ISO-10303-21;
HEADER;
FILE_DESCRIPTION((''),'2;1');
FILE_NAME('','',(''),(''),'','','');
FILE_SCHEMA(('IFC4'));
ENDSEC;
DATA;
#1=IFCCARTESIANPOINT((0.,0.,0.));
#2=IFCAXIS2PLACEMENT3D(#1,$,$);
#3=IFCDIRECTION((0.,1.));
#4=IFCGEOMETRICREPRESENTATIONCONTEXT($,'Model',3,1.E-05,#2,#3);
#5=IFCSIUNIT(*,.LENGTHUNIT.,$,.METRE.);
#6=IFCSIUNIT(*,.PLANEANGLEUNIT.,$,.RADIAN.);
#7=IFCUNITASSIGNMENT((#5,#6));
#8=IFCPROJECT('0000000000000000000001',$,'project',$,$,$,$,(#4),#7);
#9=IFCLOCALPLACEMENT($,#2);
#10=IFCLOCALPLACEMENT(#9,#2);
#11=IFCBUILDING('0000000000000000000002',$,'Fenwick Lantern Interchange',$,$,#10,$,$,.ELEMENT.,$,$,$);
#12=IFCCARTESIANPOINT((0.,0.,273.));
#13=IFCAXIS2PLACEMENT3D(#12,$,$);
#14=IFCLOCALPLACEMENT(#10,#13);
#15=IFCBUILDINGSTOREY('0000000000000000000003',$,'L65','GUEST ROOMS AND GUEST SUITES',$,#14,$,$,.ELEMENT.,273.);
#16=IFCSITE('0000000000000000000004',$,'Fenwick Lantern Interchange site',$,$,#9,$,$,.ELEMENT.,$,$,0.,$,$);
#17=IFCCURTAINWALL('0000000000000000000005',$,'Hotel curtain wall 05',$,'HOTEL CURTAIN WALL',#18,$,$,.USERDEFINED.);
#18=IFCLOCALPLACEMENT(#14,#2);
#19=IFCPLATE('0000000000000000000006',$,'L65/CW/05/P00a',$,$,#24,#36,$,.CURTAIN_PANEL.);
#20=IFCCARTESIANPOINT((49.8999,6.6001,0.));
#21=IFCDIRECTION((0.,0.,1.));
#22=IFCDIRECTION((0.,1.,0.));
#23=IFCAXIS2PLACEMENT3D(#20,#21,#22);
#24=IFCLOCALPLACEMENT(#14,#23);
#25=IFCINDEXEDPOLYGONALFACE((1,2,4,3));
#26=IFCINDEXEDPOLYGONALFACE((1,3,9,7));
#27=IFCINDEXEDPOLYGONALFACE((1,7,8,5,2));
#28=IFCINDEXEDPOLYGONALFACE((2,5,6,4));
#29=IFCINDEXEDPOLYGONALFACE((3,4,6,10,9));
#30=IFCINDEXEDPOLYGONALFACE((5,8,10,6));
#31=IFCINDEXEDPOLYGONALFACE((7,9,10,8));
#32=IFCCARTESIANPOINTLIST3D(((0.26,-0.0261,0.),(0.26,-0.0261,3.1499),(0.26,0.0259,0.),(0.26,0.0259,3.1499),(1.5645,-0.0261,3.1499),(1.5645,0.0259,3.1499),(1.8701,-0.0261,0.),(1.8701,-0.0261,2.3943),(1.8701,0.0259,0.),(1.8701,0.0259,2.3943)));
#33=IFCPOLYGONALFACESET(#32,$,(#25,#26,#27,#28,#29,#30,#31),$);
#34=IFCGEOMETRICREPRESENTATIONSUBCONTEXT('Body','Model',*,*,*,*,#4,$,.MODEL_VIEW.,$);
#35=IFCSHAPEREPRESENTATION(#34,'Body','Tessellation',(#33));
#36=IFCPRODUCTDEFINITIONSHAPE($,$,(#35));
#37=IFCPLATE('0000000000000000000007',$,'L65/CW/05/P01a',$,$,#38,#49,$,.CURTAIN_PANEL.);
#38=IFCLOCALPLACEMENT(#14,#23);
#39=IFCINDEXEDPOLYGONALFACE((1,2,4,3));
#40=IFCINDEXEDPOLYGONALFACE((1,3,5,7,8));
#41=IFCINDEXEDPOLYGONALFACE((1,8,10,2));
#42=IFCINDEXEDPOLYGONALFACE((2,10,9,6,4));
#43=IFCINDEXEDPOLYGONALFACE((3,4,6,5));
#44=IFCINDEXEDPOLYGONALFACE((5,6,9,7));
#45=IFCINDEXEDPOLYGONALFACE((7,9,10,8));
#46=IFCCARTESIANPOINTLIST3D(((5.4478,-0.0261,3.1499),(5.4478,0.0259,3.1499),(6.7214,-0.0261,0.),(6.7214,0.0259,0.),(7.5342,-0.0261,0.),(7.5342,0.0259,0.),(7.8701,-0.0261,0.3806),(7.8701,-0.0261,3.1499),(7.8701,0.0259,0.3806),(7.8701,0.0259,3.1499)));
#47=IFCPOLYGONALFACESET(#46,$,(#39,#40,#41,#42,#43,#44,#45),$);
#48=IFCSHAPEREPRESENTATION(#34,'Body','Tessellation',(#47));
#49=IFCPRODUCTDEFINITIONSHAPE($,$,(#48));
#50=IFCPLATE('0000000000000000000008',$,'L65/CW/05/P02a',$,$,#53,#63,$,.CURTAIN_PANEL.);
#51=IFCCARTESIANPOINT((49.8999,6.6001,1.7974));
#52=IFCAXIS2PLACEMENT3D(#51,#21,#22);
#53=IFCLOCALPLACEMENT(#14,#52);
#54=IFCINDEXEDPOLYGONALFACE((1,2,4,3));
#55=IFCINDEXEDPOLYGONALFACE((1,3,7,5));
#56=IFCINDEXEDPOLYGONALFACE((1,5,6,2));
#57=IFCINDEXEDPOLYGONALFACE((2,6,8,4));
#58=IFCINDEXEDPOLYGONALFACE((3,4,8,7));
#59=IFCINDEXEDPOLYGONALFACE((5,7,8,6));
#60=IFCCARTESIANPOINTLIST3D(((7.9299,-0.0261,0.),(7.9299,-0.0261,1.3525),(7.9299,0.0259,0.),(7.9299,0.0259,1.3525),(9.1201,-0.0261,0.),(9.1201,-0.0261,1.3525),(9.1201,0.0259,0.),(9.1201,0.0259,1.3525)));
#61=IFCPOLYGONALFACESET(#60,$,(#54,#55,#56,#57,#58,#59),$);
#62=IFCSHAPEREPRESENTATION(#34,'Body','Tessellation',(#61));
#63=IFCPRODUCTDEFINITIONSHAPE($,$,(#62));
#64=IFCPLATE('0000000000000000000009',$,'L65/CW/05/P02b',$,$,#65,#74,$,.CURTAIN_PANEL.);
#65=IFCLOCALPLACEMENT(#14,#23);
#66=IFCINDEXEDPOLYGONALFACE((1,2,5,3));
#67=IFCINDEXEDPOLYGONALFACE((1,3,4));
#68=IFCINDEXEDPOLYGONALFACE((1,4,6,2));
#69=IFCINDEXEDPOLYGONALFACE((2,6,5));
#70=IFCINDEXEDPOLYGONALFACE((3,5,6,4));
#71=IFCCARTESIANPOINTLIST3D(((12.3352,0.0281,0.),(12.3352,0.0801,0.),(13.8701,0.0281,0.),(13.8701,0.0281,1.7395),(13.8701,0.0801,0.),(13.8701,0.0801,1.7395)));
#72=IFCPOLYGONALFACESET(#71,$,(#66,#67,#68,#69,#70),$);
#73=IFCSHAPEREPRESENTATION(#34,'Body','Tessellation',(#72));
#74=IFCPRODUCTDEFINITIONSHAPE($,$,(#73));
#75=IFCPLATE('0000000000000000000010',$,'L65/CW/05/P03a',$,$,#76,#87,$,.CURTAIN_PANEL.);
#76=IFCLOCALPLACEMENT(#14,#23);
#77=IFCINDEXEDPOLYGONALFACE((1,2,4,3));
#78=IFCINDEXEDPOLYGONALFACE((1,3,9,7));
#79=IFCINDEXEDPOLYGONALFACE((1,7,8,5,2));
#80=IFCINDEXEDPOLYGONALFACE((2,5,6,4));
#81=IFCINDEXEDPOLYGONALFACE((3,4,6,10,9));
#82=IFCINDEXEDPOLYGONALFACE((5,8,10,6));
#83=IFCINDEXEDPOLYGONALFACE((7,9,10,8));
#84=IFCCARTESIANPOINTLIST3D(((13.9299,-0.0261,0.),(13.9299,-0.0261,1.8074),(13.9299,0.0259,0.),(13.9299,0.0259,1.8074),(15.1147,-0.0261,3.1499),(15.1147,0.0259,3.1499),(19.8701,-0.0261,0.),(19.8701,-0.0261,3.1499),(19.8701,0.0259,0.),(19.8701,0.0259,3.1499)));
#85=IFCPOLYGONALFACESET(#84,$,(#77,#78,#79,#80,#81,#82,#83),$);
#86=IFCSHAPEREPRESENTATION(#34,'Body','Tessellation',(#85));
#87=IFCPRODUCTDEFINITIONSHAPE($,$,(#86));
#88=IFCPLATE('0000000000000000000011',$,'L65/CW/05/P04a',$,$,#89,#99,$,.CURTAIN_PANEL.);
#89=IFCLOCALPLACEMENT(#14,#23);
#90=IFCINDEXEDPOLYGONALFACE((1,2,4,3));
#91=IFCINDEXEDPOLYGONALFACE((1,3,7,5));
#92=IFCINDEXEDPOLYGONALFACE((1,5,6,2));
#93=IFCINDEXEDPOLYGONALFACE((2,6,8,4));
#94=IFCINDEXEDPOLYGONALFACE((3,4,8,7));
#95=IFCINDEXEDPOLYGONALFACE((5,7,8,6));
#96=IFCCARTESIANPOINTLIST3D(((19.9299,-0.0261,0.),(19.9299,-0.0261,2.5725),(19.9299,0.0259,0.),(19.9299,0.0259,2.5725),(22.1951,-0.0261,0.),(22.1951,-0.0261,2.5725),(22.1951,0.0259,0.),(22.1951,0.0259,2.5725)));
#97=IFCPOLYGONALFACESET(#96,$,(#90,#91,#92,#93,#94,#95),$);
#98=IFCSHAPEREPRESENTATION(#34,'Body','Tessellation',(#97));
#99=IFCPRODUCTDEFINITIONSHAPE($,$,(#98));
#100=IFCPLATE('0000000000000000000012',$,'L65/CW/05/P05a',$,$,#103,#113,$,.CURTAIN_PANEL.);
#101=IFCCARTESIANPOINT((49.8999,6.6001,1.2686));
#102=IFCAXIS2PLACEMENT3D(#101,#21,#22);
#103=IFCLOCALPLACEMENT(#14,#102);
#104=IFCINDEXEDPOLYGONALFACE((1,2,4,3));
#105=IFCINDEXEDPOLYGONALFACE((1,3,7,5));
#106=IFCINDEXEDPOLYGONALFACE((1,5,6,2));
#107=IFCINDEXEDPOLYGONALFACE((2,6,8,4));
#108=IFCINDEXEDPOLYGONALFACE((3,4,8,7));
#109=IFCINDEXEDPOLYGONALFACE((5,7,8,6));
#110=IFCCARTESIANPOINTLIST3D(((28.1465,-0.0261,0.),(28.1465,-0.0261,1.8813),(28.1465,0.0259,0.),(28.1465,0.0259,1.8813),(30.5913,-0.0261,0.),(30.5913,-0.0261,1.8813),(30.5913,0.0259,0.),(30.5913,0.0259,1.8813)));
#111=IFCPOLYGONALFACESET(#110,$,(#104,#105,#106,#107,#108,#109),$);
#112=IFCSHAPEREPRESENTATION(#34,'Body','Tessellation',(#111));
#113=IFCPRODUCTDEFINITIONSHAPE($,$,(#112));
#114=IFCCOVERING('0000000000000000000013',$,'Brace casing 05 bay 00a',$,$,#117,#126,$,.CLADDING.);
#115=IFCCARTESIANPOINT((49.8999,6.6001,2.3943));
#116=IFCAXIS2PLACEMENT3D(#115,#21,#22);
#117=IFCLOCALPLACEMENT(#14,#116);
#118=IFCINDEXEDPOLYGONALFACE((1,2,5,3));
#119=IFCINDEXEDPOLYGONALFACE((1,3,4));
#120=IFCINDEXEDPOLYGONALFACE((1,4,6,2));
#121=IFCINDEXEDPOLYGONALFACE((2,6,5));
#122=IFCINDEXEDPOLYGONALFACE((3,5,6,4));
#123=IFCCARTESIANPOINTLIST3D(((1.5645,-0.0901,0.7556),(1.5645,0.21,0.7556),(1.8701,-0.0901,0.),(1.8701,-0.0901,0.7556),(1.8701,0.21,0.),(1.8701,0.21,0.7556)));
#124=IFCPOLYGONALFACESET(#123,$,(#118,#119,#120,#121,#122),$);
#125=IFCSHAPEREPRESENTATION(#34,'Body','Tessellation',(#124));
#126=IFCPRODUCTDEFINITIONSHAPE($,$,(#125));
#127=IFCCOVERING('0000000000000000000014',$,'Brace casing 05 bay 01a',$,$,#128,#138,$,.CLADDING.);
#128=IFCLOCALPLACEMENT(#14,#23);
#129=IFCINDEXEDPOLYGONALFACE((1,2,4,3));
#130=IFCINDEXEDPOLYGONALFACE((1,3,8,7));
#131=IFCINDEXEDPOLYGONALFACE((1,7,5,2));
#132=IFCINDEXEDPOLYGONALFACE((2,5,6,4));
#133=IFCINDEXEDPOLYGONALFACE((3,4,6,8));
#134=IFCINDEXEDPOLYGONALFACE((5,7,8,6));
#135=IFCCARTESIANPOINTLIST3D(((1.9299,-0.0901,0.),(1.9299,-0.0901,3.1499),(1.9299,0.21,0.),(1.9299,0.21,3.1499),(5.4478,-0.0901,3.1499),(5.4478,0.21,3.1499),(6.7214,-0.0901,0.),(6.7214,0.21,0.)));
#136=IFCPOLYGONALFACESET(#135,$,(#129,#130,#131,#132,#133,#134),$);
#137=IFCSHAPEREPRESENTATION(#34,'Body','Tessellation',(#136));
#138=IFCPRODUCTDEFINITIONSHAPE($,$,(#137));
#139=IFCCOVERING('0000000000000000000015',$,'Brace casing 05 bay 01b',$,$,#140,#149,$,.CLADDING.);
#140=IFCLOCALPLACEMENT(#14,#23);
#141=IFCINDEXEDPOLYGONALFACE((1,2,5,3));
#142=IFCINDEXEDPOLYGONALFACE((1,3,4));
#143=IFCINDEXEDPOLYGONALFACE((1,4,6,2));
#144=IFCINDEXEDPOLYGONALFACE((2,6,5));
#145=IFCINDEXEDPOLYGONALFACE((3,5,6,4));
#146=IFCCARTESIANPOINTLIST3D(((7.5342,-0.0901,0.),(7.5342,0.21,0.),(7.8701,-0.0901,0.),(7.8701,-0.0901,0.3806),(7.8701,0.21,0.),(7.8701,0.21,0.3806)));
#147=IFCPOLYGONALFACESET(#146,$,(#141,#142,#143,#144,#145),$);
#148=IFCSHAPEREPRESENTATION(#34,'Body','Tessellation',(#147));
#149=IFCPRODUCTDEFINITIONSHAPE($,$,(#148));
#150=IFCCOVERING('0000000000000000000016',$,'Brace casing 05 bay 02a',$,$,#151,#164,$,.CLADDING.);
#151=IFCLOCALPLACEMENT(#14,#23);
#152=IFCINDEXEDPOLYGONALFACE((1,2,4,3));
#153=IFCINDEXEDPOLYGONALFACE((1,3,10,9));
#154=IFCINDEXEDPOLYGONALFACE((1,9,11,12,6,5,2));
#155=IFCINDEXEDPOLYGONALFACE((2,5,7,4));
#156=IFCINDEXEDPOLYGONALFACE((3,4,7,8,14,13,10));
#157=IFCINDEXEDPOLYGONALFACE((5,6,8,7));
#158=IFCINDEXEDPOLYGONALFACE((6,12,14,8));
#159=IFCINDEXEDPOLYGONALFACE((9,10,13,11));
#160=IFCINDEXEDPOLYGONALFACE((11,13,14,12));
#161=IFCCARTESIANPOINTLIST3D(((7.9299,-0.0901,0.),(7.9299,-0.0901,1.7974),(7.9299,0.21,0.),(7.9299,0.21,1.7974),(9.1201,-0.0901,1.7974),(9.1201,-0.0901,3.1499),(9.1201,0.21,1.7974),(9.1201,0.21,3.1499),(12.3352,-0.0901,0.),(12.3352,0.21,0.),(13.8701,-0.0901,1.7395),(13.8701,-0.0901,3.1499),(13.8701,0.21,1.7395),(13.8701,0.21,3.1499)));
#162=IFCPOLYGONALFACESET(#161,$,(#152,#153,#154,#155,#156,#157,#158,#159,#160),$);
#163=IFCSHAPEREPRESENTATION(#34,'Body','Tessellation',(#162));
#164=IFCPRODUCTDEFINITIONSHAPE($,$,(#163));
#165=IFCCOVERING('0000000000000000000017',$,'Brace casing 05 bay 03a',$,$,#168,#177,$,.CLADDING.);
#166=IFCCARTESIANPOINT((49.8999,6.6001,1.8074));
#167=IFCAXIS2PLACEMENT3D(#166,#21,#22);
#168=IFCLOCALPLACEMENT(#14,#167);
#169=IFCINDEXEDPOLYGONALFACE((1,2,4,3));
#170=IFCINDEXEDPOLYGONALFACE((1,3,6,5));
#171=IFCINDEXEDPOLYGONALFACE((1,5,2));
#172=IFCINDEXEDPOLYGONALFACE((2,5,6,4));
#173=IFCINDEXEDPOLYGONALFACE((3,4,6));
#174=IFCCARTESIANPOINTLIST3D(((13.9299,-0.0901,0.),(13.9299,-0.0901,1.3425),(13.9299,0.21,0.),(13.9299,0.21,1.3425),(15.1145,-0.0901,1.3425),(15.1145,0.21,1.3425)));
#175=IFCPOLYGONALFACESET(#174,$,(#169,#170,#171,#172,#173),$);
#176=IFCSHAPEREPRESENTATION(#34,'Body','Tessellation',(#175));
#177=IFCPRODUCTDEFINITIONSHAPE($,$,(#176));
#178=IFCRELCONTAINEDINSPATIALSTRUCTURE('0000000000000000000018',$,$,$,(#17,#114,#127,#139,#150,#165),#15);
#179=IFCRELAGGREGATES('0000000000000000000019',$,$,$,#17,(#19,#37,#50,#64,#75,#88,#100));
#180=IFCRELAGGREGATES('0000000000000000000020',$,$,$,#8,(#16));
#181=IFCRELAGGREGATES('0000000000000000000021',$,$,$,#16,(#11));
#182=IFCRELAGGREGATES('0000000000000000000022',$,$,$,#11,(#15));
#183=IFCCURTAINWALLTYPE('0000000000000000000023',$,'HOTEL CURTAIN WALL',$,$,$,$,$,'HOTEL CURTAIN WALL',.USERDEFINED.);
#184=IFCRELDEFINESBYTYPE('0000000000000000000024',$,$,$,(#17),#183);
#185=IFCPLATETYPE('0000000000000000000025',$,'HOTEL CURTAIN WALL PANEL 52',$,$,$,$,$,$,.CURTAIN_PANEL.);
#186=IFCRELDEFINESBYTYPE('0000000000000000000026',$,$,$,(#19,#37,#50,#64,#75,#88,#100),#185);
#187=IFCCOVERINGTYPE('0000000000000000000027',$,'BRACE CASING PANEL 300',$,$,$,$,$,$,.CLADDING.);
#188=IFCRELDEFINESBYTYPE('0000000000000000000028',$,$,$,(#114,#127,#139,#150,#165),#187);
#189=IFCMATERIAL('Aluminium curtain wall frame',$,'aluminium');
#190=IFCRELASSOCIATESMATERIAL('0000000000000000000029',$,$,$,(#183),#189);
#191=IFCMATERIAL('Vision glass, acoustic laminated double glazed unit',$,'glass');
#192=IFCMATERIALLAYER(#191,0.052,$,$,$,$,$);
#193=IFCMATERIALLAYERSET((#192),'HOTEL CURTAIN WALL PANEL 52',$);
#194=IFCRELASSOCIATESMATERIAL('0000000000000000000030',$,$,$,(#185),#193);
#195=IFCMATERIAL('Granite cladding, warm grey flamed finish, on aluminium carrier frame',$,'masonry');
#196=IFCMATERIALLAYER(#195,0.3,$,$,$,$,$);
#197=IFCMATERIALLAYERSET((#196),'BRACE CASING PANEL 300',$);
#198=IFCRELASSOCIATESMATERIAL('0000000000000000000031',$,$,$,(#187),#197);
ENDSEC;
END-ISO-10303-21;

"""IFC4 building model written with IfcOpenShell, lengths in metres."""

from ifc_helpers import new_model, si_unit, direction, frame, origin, place, context, subcontext, project, spatial, polyline, outline, extrude, material, layer, layer_set, type_object, element, aggregate, save


model = new_model("IFC4")

# Units and contexts
model_context = context("Model", 3, precision=1e-05, world=origin(), true_north=direction((0.0, 1.0)))
body_context = subcontext(model_context, "Body", "Model", "MODEL_VIEW")
ifc_project = project(units=[si_unit("LENGTHUNIT", "METRE"), si_unit("PLANEANGLEUNIT", "RADIAN")], contexts=[model_context])

# Site, building, storey
site_placement = place(None, origin())
site = spatial("IfcSite", under=ifc_project, at=site_placement, Name="Fenwick Lantern Interchange site", CompositionType="ELEMENT", RefElevation=0.0)
building_placement = place(site_placement, origin())
building = spatial("IfcBuilding", under=site, at=building_placement, Name="Fenwick Lantern Interchange", CompositionType="ELEMENT")
storey_placement = place(building_placement, frame((0.0, 0.0, 273.0)))
storey = spatial("IfcBuildingStorey", under=building, at=storey_placement, Name="L65", Description="GUEST ROOMS AND GUEST SUITES", CompositionType="ELEMENT", Elevation=273.0)

# Shared definitions
ifc_material_1 = material(Name="Aluminium curtain wall frame", Category="aluminium")
curtain_wall_type = type_object("IfcCurtainWallType", Name="HOTEL CURTAIN WALL", ElementType="HOTEL CURTAIN WALL", PredefinedType="USERDEFINED", material=ifc_material_1)

# Shared definitions
ifc_material_2 = material(Name="Vision glass, acoustic laminated double glazed unit", Category="glass")
ifc_layer_1 = layer(ifc_material_2, 0.052)
ifc_layer_set_1 = layer_set([ifc_layer_1], Name="HOTEL CURTAIN WALL PANEL 52")
plate_type = type_object("IfcPlateType", Name="HOTEL CURTAIN WALL PANEL 52", PredefinedType="CURTAIN_PANEL", material=ifc_layer_set_1)

# Curtain wall, plates
curtain_wall_1_placement = place(storey_placement, origin())
curtain_wall_1 = element("IfcCurtainWall", 1, at=curtain_wall_1_placement, inside=storey, type_object=curtain_wall_type, Name="Hotel curtain wall 05", ObjectType="HOTEL CURTAIN WALL", PredefinedType="USERDEFINED")
plate_1_placement = place(storey_placement, frame((49.8999, 6.6001, 0.0), z_axis=(0.0, 0.0, 1.0), x_axis=(0.0, 1.0, 0.0)))
plate_1 = element("IfcPlate", 2, at=plate_1_placement, type_object=plate_type, Name="L65/CW/05/P00a", PredefinedType="CURTAIN_PANEL", context=body_context, shape_type="SweptSolid", body=[
    extrude(outline(polyline([(0.26, 0.0), (1.8701, 0.0), (1.8701, 2.3943), (1.5645, 3.1499), (0.26, 3.1499), (0.26, 0.0)])), frame((0.0, 0.0259, 0.0), z_axis=(0.0, -1.0, 0.0), x_axis=(1.0, 0.0, 0.0)), (0.0, 0.0, 1.0), 0.052),
])
plate_2_placement = place(storey_placement, frame((49.8999, 6.6001, 0.0), z_axis=(0.0, 0.0, 1.0), x_axis=(0.0, 1.0, 0.0)))
plate_2 = element("IfcPlate", 3, at=plate_2_placement, type_object=plate_type, Name="L65/CW/05/P01a", PredefinedType="CURTAIN_PANEL", context=body_context, shape_type="SweptSolid", body=[
    extrude(outline(polyline([(6.7214, 0.0), (7.5342, 0.0), (7.8701, 0.3806), (7.8701, 3.1499), (5.4478, 3.1499), (6.7214, 0.0)])), frame((0.0, 0.0259, 0.0), z_axis=(0.0, -1.0, 0.0), x_axis=(1.0, 0.0, 0.0)), (0.0, 0.0, 1.0), 0.052),
])
plate_3_placement = place(storey_placement, frame((49.8999, 6.6001, 1.7974), z_axis=(0.0, 0.0, 1.0), x_axis=(0.0, 1.0, 0.0)))
plate_3 = element("IfcPlate", 4, at=plate_3_placement, type_object=plate_type, Name="L65/CW/05/P02a", PredefinedType="CURTAIN_PANEL", context=body_context, shape_type="SweptSolid", body=[
    extrude(outline(polyline([(7.9299, 0.0), (9.1201, 0.0), (9.1201, 1.3525), (7.9299, 1.3525), (7.9299, 0.0)])), frame((0.0, 0.0259, 0.0), z_axis=(0.0, -1.0, 0.0), x_axis=(1.0, 0.0, 0.0)), (0.0, 0.0, 1.0), 0.052),
])
plate_4_placement = place(storey_placement, frame((49.8999, 6.6001, 0.0), z_axis=(0.0, 0.0, 1.0), x_axis=(0.0, 1.0, 0.0)))
plate_4 = element("IfcPlate", 5, at=plate_4_placement, type_object=plate_type, Name="L65/CW/05/P02b", PredefinedType="CURTAIN_PANEL", context=body_context, shape_type="SweptSolid", body=[
    extrude(outline(polyline([(12.3352, 0.0), (13.8701, 0.0), (13.8701, 1.7395), (12.3352, 0.0)])), frame((0.0, 0.0801, 0.0), z_axis=(0.0, -1.0, 0.0), x_axis=(1.0, 0.0, 0.0)), (0.0, 0.0, 1.0), 0.052),
])
plate_5_placement = place(storey_placement, frame((49.8999, 6.6001, 0.0), z_axis=(0.0, 0.0, 1.0), x_axis=(0.0, 1.0, 0.0)))
plate_5 = element("IfcPlate", 6, at=plate_5_placement, type_object=plate_type, Name="L65/CW/05/P03a", PredefinedType="CURTAIN_PANEL", context=body_context, shape_type="SweptSolid", body=[
    extrude(outline(polyline([(13.9299, 0.0), (19.8701, 0.0), (19.8701, 3.1499), (15.1147, 3.1499), (13.9299, 1.8074), (13.9299, 0.0)])), frame((0.0, 0.0259, 0.0), z_axis=(0.0, -1.0, 0.0), x_axis=(1.0, 0.0, 0.0)), (0.0, 0.0, 1.0), 0.052),
])
plate_6_placement = place(storey_placement, frame((49.8999, 6.6001, 0.0), z_axis=(0.0, 0.0, 1.0), x_axis=(0.0, 1.0, 0.0)))
plate_6 = element("IfcPlate", 7, at=plate_6_placement, type_object=plate_type, Name="L65/CW/05/P04a", PredefinedType="CURTAIN_PANEL", context=body_context, shape_type="SweptSolid", body=[
    extrude(outline(polyline([(19.9299, 0.0), (22.1951, 0.0), (22.1951, 2.5725), (19.9299, 2.5725), (19.9299, 0.0)])), frame((0.0, 0.0259, 0.0), z_axis=(0.0, -1.0, 0.0), x_axis=(1.0, 0.0, 0.0)), (0.0, 0.0, 1.0), 0.052),
])
plate_7_placement = place(storey_placement, frame((49.8999, 6.6001, 1.2686), z_axis=(0.0, 0.0, 1.0), x_axis=(0.0, 1.0, 0.0)))
plate_7 = element("IfcPlate", 8, at=plate_7_placement, type_object=plate_type, Name="L65/CW/05/P05a", PredefinedType="CURTAIN_PANEL", context=body_context, shape_type="SweptSolid", body=[
    extrude(outline(polyline([(28.1465, 0.0), (30.5913, 0.0), (30.5913, 1.8813), (28.1465, 1.8813), (28.1465, 0.0)])), frame((0.0, 0.0259, 0.0), z_axis=(0.0, -1.0, 0.0), x_axis=(1.0, 0.0, 0.0)), (0.0, 0.0, 1.0), 0.052),
])
aggregate(curtain_wall_1, [plate_1, plate_2, plate_3, plate_4, plate_5, plate_6, plate_7])

# Coverings
ifc_material_3 = material(Name="Granite cladding, warm grey flamed finish, on aluminium carrier frame", Category="masonry")
ifc_layer_2 = layer(ifc_material_3, 0.3)
ifc_layer_set_2 = layer_set([ifc_layer_2], Name="BRACE CASING PANEL 300")
covering_type = type_object("IfcCoveringType", Name="BRACE CASING PANEL 300", PredefinedType="CLADDING", material=ifc_layer_set_2)
covering_1_placement = place(storey_placement, frame((49.8999, 6.6001, 2.3943), z_axis=(0.0, 0.0, 1.0), x_axis=(0.0, 1.0, 0.0)))
element("IfcCovering", 9, at=covering_1_placement, inside=storey, type_object=covering_type, Name="Brace casing 05 bay 00a", PredefinedType="CLADDING", context=body_context, shape_type="SweptSolid", body=[
    extrude(outline(polyline([(1.8701, 0.0), (1.8701, 0.7556), (1.5645, 0.7556), (1.8701, 0.0)])), frame((0.0, 0.21, 0.0), z_axis=(0.0, -1.0, 0.0), x_axis=(1.0, 0.0, 0.0)), (0.0, 0.0, 1.0), 0.3),
])
covering_2_placement = place(storey_placement, frame((49.8999, 6.6001, 0.0), z_axis=(0.0, 0.0, 1.0), x_axis=(0.0, 1.0, 0.0)))
element("IfcCovering", 10, at=covering_2_placement, inside=storey, type_object=covering_type, Name="Brace casing 05 bay 01a", PredefinedType="CLADDING", context=body_context, shape_type="SweptSolid", body=[
    extrude(outline(polyline([(1.9299, 0.0), (6.7214, 0.0), (5.4478, 3.1499), (1.9299, 3.1499), (1.9299, 0.0)])), frame((0.0, 0.21, 0.0), z_axis=(0.0, -1.0, 0.0), x_axis=(1.0, 0.0, 0.0)), (0.0, 0.0, 1.0), 0.3),
])
covering_3_placement = place(storey_placement, frame((49.8999, 6.6001, 0.0), z_axis=(0.0, 0.0, 1.0), x_axis=(0.0, 1.0, 0.0)))
element("IfcCovering", 11, at=covering_3_placement, inside=storey, type_object=covering_type, Name="Brace casing 05 bay 01b", PredefinedType="CLADDING", context=body_context, shape_type="SweptSolid", body=[
    extrude(outline(polyline([(7.5342, 0.0), (7.8701, 0.0), (7.8701, 0.3806), (7.5342, 0.0)])), frame((0.0, 0.21, 0.0), z_axis=(0.0, -1.0, 0.0), x_axis=(1.0, 0.0, 0.0)), (0.0, 0.0, 1.0), 0.3),
])
covering_4_placement = place(storey_placement, frame((49.8999, 6.6001, 0.0), z_axis=(0.0, 0.0, 1.0), x_axis=(0.0, 1.0, 0.0)))
element("IfcCovering", 12, at=covering_4_placement, inside=storey, type_object=covering_type, Name="Brace casing 05 bay 02a", PredefinedType="CLADDING", context=body_context, shape_type="SweptSolid", body=[
    extrude(outline(polyline([(7.9299, 0.0), (12.3352, 0.0), (13.8701, 1.7395), (13.8701, 3.1499), (9.1201, 3.1499), (9.1201, 1.7974), (7.9299, 1.7974), (7.9299, 0.0)])), frame((0.0, 0.21, 0.0), z_axis=(0.0, -1.0, 0.0), x_axis=(1.0, 0.0, 0.0)), (0.0, 0.0, 1.0), 0.3),
])
covering_5_placement = place(storey_placement, frame((49.8999, 6.6001, 1.8074), z_axis=(0.0, 0.0, 1.0), x_axis=(0.0, 1.0, 0.0)))
element("IfcCovering", 13, at=covering_5_placement, inside=storey, type_object=covering_type, Name="Brace casing 05 bay 03a", PredefinedType="CLADDING", context=body_context, shape_type="SweptSolid", body=[
    extrude(outline(polyline([(13.9299, 0.0), (15.1145, 1.3425), (13.9299, 1.3425), (13.9299, 0.0)])), frame((0.0, 0.21, 0.0), z_axis=(0.0, -1.0, 0.0), x_axis=(1.0, 0.0, 0.0)), (0.0, 0.0, 1.0), 0.3),
])

save(model, "model.ifc")
